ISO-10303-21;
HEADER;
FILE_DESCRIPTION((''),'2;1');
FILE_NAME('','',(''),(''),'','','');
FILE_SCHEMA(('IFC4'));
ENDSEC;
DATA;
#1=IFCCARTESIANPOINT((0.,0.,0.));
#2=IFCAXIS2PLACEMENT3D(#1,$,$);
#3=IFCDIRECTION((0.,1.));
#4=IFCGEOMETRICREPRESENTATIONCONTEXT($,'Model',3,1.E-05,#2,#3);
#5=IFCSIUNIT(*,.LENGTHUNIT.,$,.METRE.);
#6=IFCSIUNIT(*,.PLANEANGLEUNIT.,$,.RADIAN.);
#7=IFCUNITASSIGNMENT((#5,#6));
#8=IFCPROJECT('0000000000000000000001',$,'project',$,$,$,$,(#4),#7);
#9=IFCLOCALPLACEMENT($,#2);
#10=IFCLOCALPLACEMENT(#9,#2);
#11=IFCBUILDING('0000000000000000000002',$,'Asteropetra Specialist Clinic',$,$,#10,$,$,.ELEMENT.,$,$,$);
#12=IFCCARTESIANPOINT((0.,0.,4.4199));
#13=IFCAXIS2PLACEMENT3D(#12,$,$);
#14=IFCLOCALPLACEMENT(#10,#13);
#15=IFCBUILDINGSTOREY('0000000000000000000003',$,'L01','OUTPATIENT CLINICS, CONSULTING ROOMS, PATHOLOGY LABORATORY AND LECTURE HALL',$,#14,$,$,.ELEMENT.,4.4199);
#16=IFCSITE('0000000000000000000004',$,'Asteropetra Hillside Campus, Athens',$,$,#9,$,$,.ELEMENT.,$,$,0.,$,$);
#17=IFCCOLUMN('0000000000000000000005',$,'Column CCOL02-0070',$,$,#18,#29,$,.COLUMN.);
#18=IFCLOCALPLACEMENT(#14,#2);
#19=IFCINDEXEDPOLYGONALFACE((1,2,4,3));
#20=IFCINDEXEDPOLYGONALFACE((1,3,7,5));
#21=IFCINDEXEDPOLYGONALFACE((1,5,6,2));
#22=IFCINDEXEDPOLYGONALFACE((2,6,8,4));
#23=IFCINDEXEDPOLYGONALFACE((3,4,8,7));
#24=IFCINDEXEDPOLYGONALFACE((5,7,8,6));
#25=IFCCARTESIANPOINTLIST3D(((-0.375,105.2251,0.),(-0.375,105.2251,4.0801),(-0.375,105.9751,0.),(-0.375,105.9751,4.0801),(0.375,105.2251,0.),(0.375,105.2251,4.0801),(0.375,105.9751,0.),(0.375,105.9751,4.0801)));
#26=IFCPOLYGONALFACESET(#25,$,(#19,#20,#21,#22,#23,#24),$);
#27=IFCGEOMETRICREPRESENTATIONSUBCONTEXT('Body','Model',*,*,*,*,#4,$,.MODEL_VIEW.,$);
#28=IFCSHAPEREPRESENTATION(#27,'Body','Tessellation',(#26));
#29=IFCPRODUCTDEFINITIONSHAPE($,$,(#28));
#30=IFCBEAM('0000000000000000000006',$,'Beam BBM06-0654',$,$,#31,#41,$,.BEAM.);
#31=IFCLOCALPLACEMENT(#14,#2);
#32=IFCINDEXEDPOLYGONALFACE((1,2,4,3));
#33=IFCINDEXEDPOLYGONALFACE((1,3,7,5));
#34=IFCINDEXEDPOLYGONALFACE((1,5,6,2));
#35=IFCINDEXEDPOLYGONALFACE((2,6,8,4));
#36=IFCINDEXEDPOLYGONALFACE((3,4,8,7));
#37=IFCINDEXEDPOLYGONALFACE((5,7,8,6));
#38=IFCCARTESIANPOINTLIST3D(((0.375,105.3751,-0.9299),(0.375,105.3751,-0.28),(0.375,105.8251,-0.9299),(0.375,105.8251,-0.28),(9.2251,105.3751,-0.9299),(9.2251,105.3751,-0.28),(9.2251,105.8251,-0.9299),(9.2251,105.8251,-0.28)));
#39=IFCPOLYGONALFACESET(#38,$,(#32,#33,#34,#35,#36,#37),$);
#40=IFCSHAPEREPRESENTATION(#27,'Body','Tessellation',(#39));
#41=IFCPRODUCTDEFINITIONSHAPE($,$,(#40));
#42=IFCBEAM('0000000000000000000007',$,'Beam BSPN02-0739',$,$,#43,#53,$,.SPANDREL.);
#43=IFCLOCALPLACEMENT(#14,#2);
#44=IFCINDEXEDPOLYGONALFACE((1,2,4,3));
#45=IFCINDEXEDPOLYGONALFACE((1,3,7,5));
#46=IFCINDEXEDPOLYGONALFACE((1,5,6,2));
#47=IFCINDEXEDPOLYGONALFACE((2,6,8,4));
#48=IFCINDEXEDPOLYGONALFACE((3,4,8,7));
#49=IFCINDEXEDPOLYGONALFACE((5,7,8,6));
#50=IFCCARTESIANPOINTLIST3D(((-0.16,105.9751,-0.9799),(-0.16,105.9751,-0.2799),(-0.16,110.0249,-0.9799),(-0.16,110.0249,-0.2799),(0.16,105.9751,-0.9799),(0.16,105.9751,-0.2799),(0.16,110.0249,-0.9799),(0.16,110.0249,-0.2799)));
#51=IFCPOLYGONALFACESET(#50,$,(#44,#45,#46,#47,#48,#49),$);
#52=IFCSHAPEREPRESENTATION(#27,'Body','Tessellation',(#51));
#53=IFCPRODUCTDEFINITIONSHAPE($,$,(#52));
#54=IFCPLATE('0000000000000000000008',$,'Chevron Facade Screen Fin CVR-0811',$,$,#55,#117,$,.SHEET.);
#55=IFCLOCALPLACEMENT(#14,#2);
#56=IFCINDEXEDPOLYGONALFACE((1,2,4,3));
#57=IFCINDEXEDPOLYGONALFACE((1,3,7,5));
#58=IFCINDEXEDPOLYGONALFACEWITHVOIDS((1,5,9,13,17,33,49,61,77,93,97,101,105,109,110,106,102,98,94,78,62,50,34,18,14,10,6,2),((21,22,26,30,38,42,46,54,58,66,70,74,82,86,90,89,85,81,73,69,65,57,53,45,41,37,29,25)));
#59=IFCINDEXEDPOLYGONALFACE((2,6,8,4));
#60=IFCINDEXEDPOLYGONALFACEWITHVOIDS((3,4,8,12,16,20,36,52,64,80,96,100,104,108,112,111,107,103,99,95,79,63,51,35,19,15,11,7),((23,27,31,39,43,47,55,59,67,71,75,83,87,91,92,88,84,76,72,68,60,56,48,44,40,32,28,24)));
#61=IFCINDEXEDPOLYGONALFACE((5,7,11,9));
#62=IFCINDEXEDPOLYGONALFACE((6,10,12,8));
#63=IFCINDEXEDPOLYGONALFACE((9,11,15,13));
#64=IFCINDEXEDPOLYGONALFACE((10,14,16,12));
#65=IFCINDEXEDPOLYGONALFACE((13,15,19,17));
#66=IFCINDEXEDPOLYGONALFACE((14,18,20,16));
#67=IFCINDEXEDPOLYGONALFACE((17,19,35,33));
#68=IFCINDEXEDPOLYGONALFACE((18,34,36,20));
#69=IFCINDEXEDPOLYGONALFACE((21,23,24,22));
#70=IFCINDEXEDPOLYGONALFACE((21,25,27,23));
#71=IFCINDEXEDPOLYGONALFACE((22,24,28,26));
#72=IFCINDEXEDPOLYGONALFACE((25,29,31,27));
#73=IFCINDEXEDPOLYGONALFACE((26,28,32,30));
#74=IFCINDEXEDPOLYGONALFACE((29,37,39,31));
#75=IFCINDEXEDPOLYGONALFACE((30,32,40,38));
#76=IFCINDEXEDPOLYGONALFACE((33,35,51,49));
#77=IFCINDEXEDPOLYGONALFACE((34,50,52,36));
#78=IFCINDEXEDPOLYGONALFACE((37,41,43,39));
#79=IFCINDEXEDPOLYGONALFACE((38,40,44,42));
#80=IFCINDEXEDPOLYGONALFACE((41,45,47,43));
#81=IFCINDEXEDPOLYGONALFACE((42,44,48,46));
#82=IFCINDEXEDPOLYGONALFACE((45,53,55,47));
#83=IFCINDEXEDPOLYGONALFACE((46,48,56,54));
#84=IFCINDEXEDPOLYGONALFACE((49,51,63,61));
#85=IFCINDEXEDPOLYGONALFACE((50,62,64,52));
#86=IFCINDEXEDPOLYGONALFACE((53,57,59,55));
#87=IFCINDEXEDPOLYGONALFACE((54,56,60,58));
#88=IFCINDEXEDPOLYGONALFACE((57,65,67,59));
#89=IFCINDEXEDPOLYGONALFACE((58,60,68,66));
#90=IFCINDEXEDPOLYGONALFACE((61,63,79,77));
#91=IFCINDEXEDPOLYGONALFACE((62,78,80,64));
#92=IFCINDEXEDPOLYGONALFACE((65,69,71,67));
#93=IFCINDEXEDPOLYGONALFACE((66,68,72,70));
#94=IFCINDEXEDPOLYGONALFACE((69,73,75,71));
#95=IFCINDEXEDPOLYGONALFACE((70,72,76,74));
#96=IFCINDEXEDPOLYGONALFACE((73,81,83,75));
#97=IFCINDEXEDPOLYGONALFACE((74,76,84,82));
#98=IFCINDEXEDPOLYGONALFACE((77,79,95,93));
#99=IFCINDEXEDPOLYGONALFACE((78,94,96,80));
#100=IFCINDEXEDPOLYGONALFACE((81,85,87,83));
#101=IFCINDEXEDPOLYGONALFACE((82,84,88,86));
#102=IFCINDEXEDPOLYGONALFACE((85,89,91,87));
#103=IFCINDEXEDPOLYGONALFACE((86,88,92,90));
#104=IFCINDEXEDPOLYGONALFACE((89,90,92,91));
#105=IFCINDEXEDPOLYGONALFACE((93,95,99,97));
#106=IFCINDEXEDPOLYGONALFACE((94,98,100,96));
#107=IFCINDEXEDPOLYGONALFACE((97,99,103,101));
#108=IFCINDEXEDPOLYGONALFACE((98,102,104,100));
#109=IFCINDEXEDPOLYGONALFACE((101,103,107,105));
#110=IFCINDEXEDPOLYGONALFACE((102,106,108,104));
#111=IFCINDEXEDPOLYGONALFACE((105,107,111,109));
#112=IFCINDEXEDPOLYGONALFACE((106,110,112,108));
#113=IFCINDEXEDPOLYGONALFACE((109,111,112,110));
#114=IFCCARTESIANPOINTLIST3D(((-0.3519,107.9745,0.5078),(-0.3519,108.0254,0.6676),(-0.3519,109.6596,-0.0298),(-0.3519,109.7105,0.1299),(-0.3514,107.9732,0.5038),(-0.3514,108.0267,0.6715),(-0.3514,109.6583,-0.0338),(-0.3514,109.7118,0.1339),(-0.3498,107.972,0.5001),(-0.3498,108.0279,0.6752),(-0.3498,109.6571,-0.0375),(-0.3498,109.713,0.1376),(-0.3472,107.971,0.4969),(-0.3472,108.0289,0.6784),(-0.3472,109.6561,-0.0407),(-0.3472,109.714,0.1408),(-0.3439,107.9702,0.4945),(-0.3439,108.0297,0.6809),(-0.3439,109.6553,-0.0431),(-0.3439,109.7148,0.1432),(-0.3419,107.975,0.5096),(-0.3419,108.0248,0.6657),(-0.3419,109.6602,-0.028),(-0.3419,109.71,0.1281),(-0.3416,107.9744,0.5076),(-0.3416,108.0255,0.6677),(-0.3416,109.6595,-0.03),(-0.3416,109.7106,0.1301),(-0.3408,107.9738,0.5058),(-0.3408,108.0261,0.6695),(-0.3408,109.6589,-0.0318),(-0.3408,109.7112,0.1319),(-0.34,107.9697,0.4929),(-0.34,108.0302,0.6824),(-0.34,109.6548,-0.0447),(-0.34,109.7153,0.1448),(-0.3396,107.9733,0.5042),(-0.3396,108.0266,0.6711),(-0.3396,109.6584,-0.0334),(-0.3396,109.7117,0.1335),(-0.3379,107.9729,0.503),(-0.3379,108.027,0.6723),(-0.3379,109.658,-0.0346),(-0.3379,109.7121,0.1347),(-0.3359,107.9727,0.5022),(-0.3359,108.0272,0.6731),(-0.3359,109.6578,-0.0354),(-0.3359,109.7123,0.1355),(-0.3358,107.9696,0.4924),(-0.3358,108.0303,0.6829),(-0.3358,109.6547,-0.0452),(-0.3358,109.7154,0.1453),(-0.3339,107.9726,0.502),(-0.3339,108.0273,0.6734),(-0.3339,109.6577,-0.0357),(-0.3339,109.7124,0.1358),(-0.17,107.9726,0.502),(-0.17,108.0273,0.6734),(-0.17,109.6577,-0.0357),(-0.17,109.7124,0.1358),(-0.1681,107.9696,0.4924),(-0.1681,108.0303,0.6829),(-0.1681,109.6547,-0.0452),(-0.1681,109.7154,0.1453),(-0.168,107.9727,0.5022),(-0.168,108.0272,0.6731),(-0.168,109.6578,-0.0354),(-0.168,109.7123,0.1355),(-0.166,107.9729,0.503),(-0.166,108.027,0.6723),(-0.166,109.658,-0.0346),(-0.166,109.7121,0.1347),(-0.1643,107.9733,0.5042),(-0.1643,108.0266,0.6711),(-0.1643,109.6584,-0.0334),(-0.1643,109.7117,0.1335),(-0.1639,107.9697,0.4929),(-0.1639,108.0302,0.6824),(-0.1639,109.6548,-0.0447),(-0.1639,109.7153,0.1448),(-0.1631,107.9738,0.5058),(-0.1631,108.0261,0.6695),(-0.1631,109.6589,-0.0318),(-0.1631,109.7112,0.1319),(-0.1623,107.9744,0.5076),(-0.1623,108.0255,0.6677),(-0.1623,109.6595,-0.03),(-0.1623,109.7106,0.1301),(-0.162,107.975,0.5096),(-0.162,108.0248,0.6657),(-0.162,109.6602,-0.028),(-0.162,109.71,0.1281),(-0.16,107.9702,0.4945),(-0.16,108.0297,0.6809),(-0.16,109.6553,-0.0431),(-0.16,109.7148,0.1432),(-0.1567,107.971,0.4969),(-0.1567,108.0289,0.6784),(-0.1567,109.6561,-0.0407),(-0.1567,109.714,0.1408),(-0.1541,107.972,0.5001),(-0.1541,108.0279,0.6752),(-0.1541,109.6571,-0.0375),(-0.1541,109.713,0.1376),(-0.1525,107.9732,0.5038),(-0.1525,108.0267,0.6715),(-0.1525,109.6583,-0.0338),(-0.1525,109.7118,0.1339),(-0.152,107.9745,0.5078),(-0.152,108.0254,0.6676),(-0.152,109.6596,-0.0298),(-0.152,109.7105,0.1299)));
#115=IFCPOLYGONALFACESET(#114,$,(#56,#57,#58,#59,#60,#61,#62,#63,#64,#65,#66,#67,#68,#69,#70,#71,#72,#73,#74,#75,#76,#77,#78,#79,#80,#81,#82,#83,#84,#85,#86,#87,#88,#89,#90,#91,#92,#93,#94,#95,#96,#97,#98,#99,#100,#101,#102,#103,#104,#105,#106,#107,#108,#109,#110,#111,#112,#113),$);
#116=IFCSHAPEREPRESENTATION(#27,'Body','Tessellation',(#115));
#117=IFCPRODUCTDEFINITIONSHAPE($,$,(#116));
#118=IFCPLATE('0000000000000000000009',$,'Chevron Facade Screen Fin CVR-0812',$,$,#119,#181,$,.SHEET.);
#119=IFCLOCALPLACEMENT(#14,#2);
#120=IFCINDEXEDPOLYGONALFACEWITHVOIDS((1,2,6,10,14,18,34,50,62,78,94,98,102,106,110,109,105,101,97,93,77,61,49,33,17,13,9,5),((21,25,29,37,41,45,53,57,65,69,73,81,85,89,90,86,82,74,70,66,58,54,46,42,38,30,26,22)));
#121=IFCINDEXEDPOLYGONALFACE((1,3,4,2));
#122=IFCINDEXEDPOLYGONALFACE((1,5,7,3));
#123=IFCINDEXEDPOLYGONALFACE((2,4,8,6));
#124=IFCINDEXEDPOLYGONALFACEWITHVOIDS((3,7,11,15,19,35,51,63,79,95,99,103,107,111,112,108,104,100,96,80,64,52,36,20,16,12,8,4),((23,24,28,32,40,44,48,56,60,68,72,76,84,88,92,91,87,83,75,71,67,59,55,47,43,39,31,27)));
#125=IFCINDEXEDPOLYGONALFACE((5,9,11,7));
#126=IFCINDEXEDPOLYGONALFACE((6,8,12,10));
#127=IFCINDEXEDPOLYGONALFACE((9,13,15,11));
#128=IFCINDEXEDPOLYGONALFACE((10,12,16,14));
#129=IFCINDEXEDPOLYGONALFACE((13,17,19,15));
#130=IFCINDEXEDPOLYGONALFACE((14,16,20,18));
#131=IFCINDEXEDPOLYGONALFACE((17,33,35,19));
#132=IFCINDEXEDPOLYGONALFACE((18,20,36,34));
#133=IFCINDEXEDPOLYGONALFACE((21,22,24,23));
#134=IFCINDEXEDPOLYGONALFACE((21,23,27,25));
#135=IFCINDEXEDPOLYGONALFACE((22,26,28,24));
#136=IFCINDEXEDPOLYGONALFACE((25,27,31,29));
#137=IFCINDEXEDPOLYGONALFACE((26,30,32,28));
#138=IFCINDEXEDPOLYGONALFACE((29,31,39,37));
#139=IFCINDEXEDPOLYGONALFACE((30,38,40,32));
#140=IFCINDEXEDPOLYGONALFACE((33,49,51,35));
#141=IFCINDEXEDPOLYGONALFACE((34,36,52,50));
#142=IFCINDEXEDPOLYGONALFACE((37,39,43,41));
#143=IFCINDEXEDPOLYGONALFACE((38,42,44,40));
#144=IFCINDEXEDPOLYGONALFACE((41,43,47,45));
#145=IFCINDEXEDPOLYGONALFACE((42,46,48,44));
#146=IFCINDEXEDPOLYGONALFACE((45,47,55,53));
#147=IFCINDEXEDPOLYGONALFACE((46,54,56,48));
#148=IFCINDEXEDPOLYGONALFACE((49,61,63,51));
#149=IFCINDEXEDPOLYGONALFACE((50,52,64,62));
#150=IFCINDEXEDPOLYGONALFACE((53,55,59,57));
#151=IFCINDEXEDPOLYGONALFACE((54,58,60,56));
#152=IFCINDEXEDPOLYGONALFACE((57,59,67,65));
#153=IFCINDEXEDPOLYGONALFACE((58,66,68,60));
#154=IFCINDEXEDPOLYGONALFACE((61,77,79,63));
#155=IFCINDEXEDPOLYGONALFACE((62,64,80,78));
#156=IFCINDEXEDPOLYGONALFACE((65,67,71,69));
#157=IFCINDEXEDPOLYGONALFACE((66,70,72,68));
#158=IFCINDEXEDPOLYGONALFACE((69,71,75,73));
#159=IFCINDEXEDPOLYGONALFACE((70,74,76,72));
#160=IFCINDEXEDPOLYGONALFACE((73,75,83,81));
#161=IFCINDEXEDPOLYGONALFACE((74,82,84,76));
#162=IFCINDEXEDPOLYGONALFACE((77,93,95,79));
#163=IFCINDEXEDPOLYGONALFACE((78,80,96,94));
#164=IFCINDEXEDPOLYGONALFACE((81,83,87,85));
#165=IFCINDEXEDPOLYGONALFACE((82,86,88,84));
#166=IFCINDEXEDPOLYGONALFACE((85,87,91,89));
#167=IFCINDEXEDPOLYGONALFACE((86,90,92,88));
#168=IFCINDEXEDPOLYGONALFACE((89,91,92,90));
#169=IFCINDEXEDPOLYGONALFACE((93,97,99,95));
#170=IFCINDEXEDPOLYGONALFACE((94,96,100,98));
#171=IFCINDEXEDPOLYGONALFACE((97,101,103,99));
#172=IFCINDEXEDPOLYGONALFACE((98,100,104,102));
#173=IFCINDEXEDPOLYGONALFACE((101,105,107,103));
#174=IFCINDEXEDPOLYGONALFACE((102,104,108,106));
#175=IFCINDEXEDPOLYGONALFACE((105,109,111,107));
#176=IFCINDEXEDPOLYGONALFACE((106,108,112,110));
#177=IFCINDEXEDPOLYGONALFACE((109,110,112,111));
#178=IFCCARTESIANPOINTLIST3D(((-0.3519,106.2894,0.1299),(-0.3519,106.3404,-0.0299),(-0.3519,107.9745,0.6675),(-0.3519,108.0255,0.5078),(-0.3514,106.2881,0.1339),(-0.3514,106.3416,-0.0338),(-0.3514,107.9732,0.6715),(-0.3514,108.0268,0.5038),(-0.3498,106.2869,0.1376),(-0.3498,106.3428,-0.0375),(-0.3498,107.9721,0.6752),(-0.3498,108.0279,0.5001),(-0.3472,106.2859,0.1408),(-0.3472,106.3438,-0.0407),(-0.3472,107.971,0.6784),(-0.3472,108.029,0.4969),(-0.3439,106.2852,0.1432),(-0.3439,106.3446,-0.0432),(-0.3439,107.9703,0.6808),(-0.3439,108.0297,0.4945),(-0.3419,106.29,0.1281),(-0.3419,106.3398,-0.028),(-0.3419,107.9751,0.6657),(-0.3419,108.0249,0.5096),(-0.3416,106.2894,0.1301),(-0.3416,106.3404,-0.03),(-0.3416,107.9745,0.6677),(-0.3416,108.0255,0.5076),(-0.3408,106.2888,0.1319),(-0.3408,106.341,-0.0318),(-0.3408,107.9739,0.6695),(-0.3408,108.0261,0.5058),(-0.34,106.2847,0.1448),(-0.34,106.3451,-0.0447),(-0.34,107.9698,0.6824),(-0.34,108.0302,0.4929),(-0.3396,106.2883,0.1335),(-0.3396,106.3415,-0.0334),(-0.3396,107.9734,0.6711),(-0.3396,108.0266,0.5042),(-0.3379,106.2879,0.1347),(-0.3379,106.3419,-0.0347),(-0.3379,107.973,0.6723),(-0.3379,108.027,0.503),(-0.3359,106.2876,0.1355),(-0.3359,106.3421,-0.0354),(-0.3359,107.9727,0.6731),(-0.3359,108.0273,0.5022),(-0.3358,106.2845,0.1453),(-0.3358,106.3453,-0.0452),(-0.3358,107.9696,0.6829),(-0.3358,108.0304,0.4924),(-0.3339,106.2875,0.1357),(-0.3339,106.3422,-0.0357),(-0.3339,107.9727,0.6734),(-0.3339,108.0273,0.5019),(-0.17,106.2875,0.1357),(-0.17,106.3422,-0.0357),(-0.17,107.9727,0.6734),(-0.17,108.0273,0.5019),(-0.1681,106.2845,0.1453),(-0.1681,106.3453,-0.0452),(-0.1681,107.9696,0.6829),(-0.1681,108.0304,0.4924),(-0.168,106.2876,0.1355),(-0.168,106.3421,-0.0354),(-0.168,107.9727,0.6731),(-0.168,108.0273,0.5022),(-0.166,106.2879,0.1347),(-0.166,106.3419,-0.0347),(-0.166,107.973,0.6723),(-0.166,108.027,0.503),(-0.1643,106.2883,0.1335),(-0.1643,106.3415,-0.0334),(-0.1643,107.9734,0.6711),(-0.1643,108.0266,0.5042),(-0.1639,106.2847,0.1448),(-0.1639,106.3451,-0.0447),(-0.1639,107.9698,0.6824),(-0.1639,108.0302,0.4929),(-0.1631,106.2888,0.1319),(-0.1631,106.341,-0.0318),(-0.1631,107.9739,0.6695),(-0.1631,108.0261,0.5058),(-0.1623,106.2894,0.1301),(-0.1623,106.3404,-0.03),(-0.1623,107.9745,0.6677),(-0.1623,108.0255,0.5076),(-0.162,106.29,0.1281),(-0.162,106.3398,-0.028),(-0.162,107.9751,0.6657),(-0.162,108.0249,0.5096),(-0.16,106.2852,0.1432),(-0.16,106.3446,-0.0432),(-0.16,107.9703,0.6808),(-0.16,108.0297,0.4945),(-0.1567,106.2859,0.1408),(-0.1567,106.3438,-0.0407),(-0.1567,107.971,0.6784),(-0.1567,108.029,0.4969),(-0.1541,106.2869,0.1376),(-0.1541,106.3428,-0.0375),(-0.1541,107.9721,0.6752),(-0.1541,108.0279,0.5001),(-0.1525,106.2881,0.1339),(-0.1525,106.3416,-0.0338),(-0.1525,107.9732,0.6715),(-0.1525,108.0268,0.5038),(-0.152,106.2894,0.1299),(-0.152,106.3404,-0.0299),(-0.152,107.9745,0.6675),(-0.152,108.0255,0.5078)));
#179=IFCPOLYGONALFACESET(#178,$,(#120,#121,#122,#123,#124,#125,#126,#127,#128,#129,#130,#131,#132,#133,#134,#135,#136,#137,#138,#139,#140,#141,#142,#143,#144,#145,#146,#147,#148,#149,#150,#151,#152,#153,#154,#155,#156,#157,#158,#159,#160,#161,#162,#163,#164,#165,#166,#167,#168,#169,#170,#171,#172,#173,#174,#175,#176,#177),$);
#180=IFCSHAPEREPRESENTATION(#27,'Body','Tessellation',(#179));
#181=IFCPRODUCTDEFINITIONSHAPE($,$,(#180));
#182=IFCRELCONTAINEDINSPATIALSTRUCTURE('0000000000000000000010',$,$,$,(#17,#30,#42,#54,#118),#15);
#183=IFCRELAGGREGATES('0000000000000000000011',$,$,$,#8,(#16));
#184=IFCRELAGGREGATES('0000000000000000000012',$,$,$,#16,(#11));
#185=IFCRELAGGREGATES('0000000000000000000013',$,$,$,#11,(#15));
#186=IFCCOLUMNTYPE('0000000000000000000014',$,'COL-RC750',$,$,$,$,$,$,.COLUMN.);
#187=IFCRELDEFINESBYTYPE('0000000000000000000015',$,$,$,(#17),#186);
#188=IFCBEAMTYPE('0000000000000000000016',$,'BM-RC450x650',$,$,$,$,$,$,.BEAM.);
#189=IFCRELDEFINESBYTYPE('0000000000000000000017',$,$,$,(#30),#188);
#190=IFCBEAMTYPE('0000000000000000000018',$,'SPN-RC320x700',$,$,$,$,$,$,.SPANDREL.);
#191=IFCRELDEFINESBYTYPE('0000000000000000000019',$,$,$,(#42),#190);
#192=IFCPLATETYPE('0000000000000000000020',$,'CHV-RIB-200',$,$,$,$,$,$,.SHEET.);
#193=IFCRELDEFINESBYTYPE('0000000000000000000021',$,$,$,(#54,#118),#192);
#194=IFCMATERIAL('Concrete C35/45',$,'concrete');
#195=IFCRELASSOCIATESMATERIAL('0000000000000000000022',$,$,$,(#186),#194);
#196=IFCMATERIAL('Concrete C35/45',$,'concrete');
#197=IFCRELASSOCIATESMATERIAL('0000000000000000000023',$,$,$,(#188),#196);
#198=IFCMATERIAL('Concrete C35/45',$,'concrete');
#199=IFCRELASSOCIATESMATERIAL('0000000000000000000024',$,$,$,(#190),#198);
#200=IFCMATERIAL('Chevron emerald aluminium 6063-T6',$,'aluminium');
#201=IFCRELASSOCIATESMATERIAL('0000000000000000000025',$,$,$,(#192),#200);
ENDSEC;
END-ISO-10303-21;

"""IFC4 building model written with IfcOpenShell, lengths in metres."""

from ifc_helpers import new_model, si_unit, direction, frame, origin, origin_2d, place, context, subcontext, project, spatial, rectangle, hollow_rectangle, extrude, material, material_profile, profile_set, type_object, element, save


model = new_model("IFC4")

# Units and contexts
model_context = context("Model", 3, precision=1e-05, world=origin(), true_north=direction((0.0, 1.0)))
body_context = subcontext(model_context, "Body", "Model", "MODEL_VIEW")
ifc_project = project(units=[si_unit("LENGTHUNIT", "METRE"), si_unit("PLANEANGLEUNIT", "RADIAN")], contexts=[model_context])

# Site, building, storey
site_placement = place(None, origin())
site = spatial("IfcSite", under=ifc_project, at=site_placement, Name="Asteropetra Hillside Campus, Athens", CompositionType="ELEMENT", RefElevation=0.0)
building_placement = place(site_placement, origin())
building = spatial("IfcBuilding", under=site, at=building_placement, Name="Asteropetra Specialist Clinic", CompositionType="ELEMENT")
storey_placement = place(building_placement, frame((0.0, 0.0, 4.4199)))
storey = spatial("IfcBuildingStorey", under=building, at=storey_placement, Name="L01", Description="OUTPATIENT CLINICS, CONSULTING ROOMS, PATHOLOGY LABORATORY AND LECTURE HALL", CompositionType="ELEMENT", Elevation=4.4199)

# Column
ifc_material_1 = material(Name="Concrete C35/45", Category="concrete")
ifc_material_profile_1 = material_profile(ifc_material_1, rectangle(XDim=0.75, YDim=0.75, at=origin_2d()), Name="RC 750x750")
ifc_profile_set_1 = profile_set([ifc_material_profile_1], Name="Concrete C35/45")
column_type = type_object("IfcColumnType", Name="COL-RC750", PredefinedType="COLUMN", material=ifc_profile_set_1)
column_placement = place(storey_placement, frame((0.0, 105.6001, 0.0), z_axis=(0.0, 0.0, 1.0), x_axis=(1.0, 0.0, 0.0)))
element("IfcColumn", 1, at=column_placement, inside=storey, type_object=column_type, Name="Column CCOL02-0070", PredefinedType="COLUMN", context=body_context, shape_type="SweptSolid", body=[
    extrude(rectangle(XDim=0.75, YDim=0.75, at=origin_2d()), origin(), (0.0, 0.0, 1.0), 4.0801),
])

# Beams
ifc_material_2 = material(Name="Concrete C35/45", Category="concrete")
ifc_material_profile_2 = material_profile(ifc_material_2, rectangle(XDim=0.45, YDim=0.6499, at=origin_2d()), Name="RCB 450x650")
ifc_profile_set_2 = profile_set([ifc_material_profile_2], Name="Concrete C35/45")
beam_type_1 = type_object("IfcBeamType", Name="BM-RC450x650", PredefinedType="BEAM", material=ifc_profile_set_2)
beam_1_placement = place(storey_placement, frame((0.375, 105.6001, -0.605), z_axis=(1.0, 0.0, 0.0), x_axis=(0.0, 1.0, 0.0)))
element("IfcBeam", 2, at=beam_1_placement, inside=storey, type_object=beam_type_1, Name="Beam BBM06-0654", PredefinedType="BEAM", context=body_context, shape_type="SweptSolid", body=[
    extrude(rectangle(XDim=0.45, YDim=0.6499, at=origin_2d()), origin(), (0.0, 0.0, 1.0), 8.8501),
])
ifc_material_3 = material(Name="Concrete C35/45", Category="concrete")
ifc_material_profile_3 = material_profile(ifc_material_3, rectangle(XDim=0.3201, YDim=0.7, at=origin_2d()), Name="RCS 320x700")
ifc_profile_set_3 = profile_set([ifc_material_profile_3], Name="Concrete C35/45")
beam_type_2 = type_object("IfcBeamType", Name="SPN-RC320x700", PredefinedType="SPANDREL", material=ifc_profile_set_3)
beam_2_placement = place(storey_placement, frame((0.0, 105.9751, -0.6299), z_axis=(0.0, 1.0, 0.0), x_axis=(-1.0, 0.0, 0.0)))
element("IfcBeam", 3, at=beam_2_placement, inside=storey, type_object=beam_type_2, Name="Beam BSPN02-0739", PredefinedType="SPANDREL", context=body_context, shape_type="SweptSolid", body=[
    extrude(rectangle(XDim=0.3201, YDim=0.7, at=origin_2d()), origin(), (0.0, 0.0, 1.0), 4.0498),
])

# Plates
ifc_material_4 = material(Name="Chevron emerald aluminium 6063-T6", Category="aluminium")
ifc_material_profile_4 = material_profile(ifc_material_4, hollow_rectangle(XDim=0.2, YDim=0.2, WallThickness=0.01, InnerFilletRadius=0.0081, OuterFilletRadius=0.0161, at=origin_2d()), Name="SHS 200x200x10.0")
ifc_profile_set_4 = profile_set([ifc_material_profile_4], Name="Chevron emerald aluminium 6063-T6")
plate_type_1 = type_object("IfcPlateType", Name="CHV-RIB-200", PredefinedType="SHEET", material=ifc_profile_set_4)
for number, where, z_axis, x_axis, name in (
    (4, (-0.252, 109.6851, 0.05), (0.0, -0.95269, 0.303944), (1.0, 0.0, 0.0), "Chevron Facade Screen Fin CVR-0811"),
    (5, (-0.252, 108.0, 0.5876), (0.0, -0.95269, -0.303944), (1.0, 0.0, 0.0), "Chevron Facade Screen Fin CVR-0812"),
):
    element("IfcPlate", number, at=place(storey_placement, frame(where, z_axis=z_axis, x_axis=x_axis)), inside=storey, type_object=plate_type_1, Name=name, PredefinedType="SHEET", context=body_context, shape_type="SweptSolid", body=[
        extrude(hollow_rectangle(XDim=0.2, YDim=0.2, WallThickness=0.01, InnerFilletRadius=0.0081, OuterFilletRadius=0.0161, at=origin_2d()), origin(), (0.0, 0.0, 1.0), 1.7688),
    ])

save(model, "model.ifc")
